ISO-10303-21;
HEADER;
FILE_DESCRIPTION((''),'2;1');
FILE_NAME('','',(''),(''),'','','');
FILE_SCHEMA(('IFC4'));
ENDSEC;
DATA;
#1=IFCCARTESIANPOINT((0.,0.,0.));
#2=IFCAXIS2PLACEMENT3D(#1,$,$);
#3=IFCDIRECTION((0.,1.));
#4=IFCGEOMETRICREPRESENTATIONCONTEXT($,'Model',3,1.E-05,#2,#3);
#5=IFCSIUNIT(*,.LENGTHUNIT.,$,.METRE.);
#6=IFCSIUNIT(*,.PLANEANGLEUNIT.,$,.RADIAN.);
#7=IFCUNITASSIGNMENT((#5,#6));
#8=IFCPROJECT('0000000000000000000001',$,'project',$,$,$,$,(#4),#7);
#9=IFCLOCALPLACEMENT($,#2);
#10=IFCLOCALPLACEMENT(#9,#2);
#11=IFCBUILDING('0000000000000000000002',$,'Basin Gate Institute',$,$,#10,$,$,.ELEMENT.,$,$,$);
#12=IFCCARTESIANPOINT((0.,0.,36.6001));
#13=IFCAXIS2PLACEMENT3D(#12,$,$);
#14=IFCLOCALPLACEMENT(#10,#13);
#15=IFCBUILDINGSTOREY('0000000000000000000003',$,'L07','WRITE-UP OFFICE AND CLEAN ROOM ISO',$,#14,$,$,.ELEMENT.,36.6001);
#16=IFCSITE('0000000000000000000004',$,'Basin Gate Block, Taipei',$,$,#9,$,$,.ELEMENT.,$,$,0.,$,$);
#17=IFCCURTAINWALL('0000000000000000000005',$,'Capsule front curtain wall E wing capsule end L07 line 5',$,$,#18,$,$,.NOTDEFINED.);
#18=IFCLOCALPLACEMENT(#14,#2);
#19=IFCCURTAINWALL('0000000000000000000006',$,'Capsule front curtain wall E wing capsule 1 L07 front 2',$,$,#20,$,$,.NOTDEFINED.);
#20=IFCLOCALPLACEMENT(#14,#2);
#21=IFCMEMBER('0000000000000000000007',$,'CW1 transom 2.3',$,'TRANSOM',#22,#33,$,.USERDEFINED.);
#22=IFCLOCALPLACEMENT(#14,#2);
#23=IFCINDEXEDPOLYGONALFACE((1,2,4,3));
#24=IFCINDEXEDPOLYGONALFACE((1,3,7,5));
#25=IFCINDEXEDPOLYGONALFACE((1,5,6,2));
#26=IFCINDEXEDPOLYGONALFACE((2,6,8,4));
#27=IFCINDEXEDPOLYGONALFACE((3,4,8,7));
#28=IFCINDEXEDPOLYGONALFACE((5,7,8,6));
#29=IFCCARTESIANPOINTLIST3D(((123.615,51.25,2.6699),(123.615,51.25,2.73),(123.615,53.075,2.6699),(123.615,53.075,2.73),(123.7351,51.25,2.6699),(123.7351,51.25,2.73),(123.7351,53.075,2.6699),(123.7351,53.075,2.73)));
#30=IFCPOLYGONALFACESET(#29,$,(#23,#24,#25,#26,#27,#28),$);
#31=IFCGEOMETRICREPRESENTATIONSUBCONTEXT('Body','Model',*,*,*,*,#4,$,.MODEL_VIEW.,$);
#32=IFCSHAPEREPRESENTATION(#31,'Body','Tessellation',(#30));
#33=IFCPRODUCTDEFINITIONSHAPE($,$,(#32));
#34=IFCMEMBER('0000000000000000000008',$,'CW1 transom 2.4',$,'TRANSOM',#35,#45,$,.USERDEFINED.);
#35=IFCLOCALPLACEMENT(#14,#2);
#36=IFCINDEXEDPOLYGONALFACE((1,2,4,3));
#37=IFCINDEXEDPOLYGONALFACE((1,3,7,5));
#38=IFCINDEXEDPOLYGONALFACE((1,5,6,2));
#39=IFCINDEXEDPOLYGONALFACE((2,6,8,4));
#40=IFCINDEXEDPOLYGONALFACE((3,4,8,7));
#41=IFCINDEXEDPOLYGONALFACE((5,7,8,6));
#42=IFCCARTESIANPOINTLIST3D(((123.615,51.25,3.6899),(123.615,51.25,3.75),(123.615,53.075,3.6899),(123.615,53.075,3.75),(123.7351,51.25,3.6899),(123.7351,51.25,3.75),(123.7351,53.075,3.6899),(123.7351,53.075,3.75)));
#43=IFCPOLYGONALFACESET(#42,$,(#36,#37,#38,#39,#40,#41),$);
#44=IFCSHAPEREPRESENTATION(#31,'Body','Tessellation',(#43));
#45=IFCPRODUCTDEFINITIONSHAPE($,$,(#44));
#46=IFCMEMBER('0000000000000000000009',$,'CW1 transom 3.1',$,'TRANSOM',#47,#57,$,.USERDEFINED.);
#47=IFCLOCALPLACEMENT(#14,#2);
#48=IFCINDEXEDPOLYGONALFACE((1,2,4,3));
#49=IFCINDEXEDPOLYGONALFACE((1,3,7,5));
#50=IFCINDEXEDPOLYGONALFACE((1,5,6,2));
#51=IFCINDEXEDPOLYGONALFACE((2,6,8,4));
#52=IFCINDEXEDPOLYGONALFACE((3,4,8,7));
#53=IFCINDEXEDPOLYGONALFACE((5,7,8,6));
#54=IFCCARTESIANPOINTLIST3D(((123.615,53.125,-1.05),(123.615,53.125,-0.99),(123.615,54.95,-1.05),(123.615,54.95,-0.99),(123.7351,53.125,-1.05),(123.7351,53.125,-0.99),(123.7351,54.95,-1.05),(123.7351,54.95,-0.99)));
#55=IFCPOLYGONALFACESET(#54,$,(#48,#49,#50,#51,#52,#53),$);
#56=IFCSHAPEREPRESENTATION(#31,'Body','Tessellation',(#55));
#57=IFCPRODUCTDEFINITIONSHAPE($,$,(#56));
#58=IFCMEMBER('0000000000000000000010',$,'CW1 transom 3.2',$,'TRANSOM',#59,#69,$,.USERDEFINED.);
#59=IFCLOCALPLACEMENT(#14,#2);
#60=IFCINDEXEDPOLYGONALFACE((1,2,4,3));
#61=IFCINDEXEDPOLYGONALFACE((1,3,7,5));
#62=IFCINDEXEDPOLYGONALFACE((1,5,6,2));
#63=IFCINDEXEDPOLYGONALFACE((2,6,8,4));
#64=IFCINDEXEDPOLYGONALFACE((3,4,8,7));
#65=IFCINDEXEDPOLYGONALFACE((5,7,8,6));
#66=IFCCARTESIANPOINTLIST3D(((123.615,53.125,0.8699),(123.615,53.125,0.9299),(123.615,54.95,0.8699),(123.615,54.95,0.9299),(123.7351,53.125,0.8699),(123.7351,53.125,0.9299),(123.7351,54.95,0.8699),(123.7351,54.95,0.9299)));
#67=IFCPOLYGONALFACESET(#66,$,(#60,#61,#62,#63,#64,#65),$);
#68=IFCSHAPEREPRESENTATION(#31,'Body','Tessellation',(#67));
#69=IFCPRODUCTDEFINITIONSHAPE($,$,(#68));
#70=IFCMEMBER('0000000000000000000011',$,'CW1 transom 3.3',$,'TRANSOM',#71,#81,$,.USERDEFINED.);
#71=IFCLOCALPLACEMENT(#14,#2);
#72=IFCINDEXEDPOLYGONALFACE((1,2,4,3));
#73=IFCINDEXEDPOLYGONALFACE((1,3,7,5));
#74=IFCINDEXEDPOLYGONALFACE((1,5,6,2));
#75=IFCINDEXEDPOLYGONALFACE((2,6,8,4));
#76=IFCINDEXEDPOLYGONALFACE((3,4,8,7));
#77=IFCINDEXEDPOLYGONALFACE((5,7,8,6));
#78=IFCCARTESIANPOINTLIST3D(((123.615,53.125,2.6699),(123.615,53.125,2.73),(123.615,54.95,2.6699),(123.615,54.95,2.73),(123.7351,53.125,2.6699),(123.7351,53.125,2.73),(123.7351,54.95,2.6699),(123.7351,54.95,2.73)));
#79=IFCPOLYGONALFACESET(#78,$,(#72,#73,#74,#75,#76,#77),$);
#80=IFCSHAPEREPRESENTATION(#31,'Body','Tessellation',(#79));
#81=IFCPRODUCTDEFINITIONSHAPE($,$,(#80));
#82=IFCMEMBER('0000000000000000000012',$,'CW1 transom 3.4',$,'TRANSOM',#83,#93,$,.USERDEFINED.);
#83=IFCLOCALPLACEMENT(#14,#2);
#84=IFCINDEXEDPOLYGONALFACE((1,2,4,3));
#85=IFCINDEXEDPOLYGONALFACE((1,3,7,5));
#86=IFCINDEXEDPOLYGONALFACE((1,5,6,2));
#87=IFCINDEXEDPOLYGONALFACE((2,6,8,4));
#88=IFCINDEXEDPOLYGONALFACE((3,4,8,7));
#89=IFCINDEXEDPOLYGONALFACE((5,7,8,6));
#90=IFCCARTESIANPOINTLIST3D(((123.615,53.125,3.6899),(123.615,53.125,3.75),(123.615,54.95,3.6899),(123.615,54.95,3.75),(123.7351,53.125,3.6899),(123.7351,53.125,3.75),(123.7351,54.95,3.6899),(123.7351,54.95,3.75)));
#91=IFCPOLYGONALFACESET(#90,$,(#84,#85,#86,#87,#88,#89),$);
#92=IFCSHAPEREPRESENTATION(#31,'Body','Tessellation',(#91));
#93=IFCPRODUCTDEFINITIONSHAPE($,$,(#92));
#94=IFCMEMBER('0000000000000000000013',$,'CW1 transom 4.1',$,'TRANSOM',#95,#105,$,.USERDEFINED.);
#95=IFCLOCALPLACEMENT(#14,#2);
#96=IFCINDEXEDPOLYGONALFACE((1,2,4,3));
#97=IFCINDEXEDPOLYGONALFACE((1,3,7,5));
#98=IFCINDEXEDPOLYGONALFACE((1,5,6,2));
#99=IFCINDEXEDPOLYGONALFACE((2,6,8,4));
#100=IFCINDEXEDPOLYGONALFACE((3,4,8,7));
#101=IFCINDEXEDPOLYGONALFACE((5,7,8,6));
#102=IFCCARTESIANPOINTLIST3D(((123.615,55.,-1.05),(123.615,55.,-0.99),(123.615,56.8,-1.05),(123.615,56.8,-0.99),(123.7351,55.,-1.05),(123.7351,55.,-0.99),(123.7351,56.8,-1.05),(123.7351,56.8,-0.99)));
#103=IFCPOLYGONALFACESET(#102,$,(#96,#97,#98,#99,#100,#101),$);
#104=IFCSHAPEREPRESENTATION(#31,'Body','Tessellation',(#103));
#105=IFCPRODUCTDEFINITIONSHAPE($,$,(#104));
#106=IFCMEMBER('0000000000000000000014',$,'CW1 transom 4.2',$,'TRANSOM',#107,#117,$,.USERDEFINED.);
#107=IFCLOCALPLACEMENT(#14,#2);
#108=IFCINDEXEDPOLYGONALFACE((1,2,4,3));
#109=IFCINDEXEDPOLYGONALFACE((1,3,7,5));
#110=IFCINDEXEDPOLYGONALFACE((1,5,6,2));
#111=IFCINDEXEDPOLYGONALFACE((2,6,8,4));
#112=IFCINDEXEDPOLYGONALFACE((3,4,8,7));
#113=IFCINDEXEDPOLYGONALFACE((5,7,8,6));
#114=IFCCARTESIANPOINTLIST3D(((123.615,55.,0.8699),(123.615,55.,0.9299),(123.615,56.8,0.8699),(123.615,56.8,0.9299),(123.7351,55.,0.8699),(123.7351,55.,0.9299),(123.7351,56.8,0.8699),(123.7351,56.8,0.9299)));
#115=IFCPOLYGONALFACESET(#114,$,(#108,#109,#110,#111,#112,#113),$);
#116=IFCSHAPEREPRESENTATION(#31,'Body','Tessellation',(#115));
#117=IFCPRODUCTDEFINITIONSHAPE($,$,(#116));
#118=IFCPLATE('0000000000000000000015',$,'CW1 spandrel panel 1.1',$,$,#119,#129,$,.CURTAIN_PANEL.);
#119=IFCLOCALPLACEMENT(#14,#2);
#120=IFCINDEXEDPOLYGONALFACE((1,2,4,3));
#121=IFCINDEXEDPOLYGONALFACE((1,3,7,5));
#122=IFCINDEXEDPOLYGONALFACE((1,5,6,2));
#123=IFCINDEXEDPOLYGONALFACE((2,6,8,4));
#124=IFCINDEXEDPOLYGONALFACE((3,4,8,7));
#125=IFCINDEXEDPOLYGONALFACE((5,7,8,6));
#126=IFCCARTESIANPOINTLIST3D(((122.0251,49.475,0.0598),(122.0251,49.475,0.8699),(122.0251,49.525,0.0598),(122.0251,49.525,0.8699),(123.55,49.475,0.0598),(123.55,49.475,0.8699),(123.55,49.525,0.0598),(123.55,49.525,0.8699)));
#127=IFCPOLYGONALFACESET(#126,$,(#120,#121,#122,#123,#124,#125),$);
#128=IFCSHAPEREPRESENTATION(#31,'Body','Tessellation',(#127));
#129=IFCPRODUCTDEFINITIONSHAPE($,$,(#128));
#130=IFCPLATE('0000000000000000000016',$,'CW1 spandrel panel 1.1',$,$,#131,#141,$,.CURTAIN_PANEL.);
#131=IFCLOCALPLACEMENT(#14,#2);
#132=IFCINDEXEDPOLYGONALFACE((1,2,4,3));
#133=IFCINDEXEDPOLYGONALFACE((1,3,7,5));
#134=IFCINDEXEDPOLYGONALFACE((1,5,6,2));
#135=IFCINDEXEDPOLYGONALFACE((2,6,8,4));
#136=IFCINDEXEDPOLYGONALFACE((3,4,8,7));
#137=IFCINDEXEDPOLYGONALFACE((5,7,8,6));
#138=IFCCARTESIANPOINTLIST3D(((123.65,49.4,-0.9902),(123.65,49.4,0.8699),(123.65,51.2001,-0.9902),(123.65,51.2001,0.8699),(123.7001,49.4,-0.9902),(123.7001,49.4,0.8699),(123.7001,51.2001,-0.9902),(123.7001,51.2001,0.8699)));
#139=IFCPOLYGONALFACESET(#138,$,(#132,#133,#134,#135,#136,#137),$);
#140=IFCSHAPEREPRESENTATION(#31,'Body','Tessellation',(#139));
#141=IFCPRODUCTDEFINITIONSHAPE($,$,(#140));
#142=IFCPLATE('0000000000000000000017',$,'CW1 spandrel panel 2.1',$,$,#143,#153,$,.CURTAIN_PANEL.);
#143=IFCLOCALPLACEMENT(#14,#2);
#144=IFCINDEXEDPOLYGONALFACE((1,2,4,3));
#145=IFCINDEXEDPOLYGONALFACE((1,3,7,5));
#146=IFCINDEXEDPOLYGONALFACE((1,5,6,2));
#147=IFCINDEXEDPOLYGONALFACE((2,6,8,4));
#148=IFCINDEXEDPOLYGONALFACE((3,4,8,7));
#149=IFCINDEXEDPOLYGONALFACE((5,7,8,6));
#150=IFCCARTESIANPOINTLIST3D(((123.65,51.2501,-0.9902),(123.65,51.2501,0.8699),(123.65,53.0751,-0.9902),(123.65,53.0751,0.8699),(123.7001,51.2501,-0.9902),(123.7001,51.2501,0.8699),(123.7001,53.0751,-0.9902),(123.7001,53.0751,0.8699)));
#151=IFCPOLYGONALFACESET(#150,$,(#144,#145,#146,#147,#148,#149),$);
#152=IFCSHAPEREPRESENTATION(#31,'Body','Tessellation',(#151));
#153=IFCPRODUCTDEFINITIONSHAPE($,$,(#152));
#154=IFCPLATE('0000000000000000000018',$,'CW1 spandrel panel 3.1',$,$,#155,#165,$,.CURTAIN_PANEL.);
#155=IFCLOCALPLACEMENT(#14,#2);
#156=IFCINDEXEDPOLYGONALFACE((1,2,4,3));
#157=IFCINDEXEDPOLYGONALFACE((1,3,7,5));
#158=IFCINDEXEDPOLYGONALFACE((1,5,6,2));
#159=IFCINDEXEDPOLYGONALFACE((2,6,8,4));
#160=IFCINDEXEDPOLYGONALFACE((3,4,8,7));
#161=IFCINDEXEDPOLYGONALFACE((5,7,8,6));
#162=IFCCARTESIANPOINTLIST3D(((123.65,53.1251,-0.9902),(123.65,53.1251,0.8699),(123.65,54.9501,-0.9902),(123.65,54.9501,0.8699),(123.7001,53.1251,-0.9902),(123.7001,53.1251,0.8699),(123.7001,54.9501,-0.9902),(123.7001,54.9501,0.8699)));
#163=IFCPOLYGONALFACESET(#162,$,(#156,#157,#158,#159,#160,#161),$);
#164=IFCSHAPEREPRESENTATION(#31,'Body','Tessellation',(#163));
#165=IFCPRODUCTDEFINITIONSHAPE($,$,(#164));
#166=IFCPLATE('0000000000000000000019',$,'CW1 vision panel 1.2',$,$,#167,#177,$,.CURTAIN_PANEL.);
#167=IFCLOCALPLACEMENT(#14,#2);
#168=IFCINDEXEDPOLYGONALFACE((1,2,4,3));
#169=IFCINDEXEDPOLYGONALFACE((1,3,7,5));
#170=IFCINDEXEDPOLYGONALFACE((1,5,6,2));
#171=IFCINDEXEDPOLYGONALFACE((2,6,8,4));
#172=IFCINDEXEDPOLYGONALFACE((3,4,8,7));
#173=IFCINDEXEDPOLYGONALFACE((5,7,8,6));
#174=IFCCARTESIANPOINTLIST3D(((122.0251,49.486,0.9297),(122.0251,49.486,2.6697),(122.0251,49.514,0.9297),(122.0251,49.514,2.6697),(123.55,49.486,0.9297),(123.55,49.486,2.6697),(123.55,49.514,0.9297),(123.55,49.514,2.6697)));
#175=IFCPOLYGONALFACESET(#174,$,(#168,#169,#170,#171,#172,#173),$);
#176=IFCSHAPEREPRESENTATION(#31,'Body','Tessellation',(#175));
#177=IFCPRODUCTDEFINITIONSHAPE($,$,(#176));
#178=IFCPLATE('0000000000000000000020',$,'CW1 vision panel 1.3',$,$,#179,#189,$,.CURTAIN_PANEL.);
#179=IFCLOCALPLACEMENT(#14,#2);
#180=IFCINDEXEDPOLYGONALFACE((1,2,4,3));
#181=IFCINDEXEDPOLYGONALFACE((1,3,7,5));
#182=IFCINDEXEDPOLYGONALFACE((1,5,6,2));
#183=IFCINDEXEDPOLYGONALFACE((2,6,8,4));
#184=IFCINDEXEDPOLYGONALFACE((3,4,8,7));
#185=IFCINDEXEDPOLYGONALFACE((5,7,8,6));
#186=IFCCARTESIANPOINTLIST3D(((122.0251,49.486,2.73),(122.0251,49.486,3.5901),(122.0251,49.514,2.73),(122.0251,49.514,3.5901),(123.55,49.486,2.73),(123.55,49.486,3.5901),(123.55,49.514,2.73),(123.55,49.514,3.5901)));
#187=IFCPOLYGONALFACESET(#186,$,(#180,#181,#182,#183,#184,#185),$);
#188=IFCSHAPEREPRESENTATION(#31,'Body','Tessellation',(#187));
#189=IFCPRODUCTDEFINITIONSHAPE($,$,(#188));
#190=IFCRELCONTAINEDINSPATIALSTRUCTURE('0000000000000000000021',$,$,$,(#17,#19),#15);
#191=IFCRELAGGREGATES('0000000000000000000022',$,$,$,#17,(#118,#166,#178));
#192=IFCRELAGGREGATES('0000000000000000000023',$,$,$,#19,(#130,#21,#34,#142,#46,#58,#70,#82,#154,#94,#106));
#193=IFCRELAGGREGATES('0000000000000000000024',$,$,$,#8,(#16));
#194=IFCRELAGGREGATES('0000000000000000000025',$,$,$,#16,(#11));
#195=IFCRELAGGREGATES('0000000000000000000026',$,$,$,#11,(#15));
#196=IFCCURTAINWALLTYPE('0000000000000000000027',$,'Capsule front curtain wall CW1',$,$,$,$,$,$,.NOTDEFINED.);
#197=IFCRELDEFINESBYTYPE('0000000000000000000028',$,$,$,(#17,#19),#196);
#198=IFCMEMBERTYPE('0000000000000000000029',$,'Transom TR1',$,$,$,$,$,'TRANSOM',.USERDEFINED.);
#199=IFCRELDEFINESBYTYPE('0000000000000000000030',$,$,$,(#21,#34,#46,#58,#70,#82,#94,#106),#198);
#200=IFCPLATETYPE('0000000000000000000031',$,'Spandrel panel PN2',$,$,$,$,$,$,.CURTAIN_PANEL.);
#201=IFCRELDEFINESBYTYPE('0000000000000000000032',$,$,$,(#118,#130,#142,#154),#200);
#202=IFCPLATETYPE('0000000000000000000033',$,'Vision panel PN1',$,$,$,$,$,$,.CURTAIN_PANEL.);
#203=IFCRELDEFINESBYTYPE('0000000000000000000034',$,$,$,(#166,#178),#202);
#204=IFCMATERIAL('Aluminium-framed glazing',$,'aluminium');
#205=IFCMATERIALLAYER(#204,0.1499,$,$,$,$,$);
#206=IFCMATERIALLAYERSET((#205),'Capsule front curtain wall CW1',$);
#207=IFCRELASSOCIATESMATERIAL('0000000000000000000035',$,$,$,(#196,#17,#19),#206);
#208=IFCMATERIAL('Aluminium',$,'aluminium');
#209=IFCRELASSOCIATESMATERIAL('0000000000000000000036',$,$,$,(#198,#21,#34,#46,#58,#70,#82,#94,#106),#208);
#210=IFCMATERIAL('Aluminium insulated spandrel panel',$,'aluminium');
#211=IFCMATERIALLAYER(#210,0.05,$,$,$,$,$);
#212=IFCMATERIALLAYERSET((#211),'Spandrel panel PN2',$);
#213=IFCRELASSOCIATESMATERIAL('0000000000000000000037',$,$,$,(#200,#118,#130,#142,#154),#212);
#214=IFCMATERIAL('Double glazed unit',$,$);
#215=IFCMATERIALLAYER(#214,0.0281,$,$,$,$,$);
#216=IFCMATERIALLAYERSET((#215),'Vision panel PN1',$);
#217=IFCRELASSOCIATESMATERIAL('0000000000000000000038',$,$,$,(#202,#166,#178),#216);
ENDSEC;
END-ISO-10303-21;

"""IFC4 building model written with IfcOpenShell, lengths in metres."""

from ifc_helpers import new_model, si_unit, direction, frame, origin, origin_2d, place, context, subcontext, project, spatial, rectangle, extrude, material, layer, layer_set, material_profile, profile_set, type_object, element, aggregate, save


model = new_model("IFC4")

# Units and contexts
model_context = context("Model", 3, precision=1e-05, world=origin(), true_north=direction((0.0, 1.0)))
body_context = subcontext(model_context, "Body", "Model", "MODEL_VIEW")
ifc_project = project(units=[si_unit("LENGTHUNIT", "METRE"), si_unit("PLANEANGLEUNIT", "RADIAN")], contexts=[model_context])

# Site, building, storey
site_placement = place(None, origin())
site = spatial("IfcSite", under=ifc_project, at=site_placement, Name="Basin Gate Block, Taipei", CompositionType="ELEMENT", RefElevation=0.0)
building_placement = place(site_placement, origin())
building = spatial("IfcBuilding", under=site, at=building_placement, Name="Basin Gate Institute", CompositionType="ELEMENT")
storey_placement = place(building_placement, frame((0.0, 0.0, 36.6001)))
storey = spatial("IfcBuildingStorey", under=building, at=storey_placement, Name="L07", Description="WRITE-UP OFFICE AND CLEAN ROOM ISO", CompositionType="ELEMENT", Elevation=36.6001)

# Curtain wall
ifc_material_1 = material(Name="Aluminium-framed glazing", Category="aluminium")
ifc_layer_1 = layer(ifc_material_1, 0.1499)
ifc_layer_set_1 = layer_set([ifc_layer_1], Name="Capsule front curtain wall CW1")
curtain_wall_type = type_object("IfcCurtainWallType", Name="Capsule front curtain wall CW1", PredefinedType="NOTDEFINED", material=ifc_layer_set_1)
curtain_wall_1_placement = place(storey_placement, origin())
curtain_wall_1 = element("IfcCurtainWall", 1, at=curtain_wall_1_placement, inside=storey, type_object=curtain_wall_type, material=ifc_layer_set_1, Name="Capsule front curtain wall E wing capsule end L07 line 5", PredefinedType="NOTDEFINED")

# Curtain wall
curtain_wall_2_placement = place(storey_placement, origin())
curtain_wall_2 = element("IfcCurtainWall", 2, at=curtain_wall_2_placement, inside=storey, type_object=curtain_wall_type, material=ifc_layer_set_1, Name="Capsule front curtain wall E wing capsule 1 L07 front 2", PredefinedType="NOTDEFINED")

# Members
ifc_material_2 = material(Name="Aluminium", Category="aluminium")
ifc_material_profile_1 = material_profile(ifc_material_2, rectangle(XDim=0.1201, YDim=0.0601, at=origin_2d()), Name="Transom TR1 120 x 60")
ifc_profile_set_1 = profile_set([ifc_material_profile_1], Name="Aluminium")
member_type_1 = type_object("IfcMemberType", Name="Transom TR1", ElementType="TRANSOM", PredefinedType="USERDEFINED", material=ifc_profile_set_1)
member_1_placement = place(storey_placement, frame((123.675, 51.25, 2.7), z_axis=(0.0, 1.0, 0.0), x_axis=(-1.0, 0.0, 0.0)))
member_1 = element("IfcMember", 3, at=member_1_placement, type_object=member_type_1, material=ifc_profile_set_1, Name="CW1 transom 2.3", ObjectType="TRANSOM", PredefinedType="USERDEFINED", context=body_context, shape_type="SweptSolid", body=[
    extrude(rectangle(XDim=0.1201, YDim=0.0601, at=origin_2d()), origin(), (0.0, 0.0, 1.0), 1.825),
])
member_2_placement = place(storey_placement, frame((123.675, 51.25, 3.72), z_axis=(0.0, 1.0, 0.0), x_axis=(-1.0, 0.0, 0.0)))
member_2 = element("IfcMember", 4, at=member_2_placement, type_object=member_type_1, material=ifc_profile_set_1, Name="CW1 transom 2.4", ObjectType="TRANSOM", PredefinedType="USERDEFINED", context=body_context, shape_type="SweptSolid", body=[
    extrude(rectangle(XDim=0.1201, YDim=0.0601, at=origin_2d()), origin(), (0.0, 0.0, 1.0), 1.825),
])
member_3_placement = place(storey_placement, frame((123.675, 53.125, -1.02), z_axis=(0.0, 1.0, 0.0), x_axis=(-1.0, 0.0, 0.0)))
member_3 = element("IfcMember", 5, at=member_3_placement, type_object=member_type_1, material=ifc_profile_set_1, Name="CW1 transom 3.1", ObjectType="TRANSOM", PredefinedType="USERDEFINED", context=body_context, shape_type="SweptSolid", body=[
    extrude(rectangle(XDim=0.1201, YDim=0.0601, at=origin_2d()), origin(), (0.0, 0.0, 1.0), 1.825),
])
member_4_placement = place(storey_placement, frame((123.675, 53.125, 0.8999), z_axis=(0.0, 1.0, 0.0), x_axis=(-1.0, 0.0, 0.0)))
member_4 = element("IfcMember", 6, at=member_4_placement, type_object=member_type_1, material=ifc_profile_set_1, Name="CW1 transom 3.2", ObjectType="TRANSOM", PredefinedType="USERDEFINED", context=body_context, shape_type="SweptSolid", body=[
    extrude(rectangle(XDim=0.1201, YDim=0.0601, at=origin_2d()), origin(), (0.0, 0.0, 1.0), 1.825),
])
member_5_placement = place(storey_placement, frame((123.675, 53.125, 2.7), z_axis=(0.0, 1.0, 0.0), x_axis=(-1.0, 0.0, 0.0)))
member_5 = element("IfcMember", 7, at=member_5_placement, type_object=member_type_1, material=ifc_profile_set_1, Name="CW1 transom 3.3", ObjectType="TRANSOM", PredefinedType="USERDEFINED", context=body_context, shape_type="SweptSolid", body=[
    extrude(rectangle(XDim=0.1201, YDim=0.0601, at=origin_2d()), origin(), (0.0, 0.0, 1.0), 1.825),
])
member_6_placement = place(storey_placement, frame((123.675, 53.125, 3.72), z_axis=(0.0, 1.0, 0.0), x_axis=(-1.0, 0.0, 0.0)))
member_6 = element("IfcMember", 8, at=member_6_placement, type_object=member_type_1, material=ifc_profile_set_1, Name="CW1 transom 3.4", ObjectType="TRANSOM", PredefinedType="USERDEFINED", context=body_context, shape_type="SweptSolid", body=[
    extrude(rectangle(XDim=0.1201, YDim=0.0601, at=origin_2d()), origin(), (0.0, 0.0, 1.0), 1.825),
])
member_7_placement = place(storey_placement, frame((123.675, 55.0, -1.02), z_axis=(0.0, 1.0, 0.0), x_axis=(-1.0, 0.0, 0.0)))
member_7 = element("IfcMember", 9, at=member_7_placement, type_object=member_type_1, material=ifc_profile_set_1, Name="CW1 transom 4.1", ObjectType="TRANSOM", PredefinedType="USERDEFINED", context=body_context, shape_type="SweptSolid", body=[
    extrude(rectangle(XDim=0.1201, YDim=0.0601, at=origin_2d()), origin(), (0.0, 0.0, 1.0), 1.8),
])
member_8_placement = place(storey_placement, frame((123.675, 55.0, 0.8999), z_axis=(0.0, 1.0, 0.0), x_axis=(-1.0, 0.0, 0.0)))
member_8 = element("IfcMember", 10, at=member_8_placement, type_object=member_type_1, material=ifc_profile_set_1, Name="CW1 transom 4.2", ObjectType="TRANSOM", PredefinedType="USERDEFINED", context=body_context, shape_type="SweptSolid", body=[
    extrude(rectangle(XDim=0.1201, YDim=0.0601, at=origin_2d()), origin(), (0.0, 0.0, 1.0), 1.8),
])

# Plates
ifc_material_3 = material(Name="Aluminium insulated spandrel panel", Category="aluminium")
ifc_layer_2 = layer(ifc_material_3, 0.05)
ifc_layer_set_2 = layer_set([ifc_layer_2], Name="Spandrel panel PN2")
plate_type_1 = type_object("IfcPlateType", Name="Spandrel panel PN2", PredefinedType="CURTAIN_PANEL", material=ifc_layer_set_2)
plate_1_placement = place(storey_placement, frame((122.7876, 49.5, 0.0598), z_axis=(0.0, 0.0, 1.0), x_axis=(-1.0, 0.0, 0.0)))
plate_1 = element("IfcPlate", 11, at=plate_1_placement, type_object=plate_type_1, material=ifc_layer_set_2, Name="CW1 spandrel panel 1.1", PredefinedType="CURTAIN_PANEL", context=body_context, shape_type="SweptSolid", body=[
    extrude(rectangle(XDim=1.5249, YDim=0.05, at=origin_2d()), origin(), (0.0, 0.0, 1.0), 0.8101),
])
plate_2_placement = place(storey_placement, frame((123.675, 50.3, -0.9902), z_axis=(0.0, 0.0, 1.0), x_axis=(0.0, 1.0, 0.0)))
plate_2 = element("IfcPlate", 12, at=plate_2_placement, type_object=plate_type_1, material=ifc_layer_set_2, Name="CW1 spandrel panel 1.1", PredefinedType="CURTAIN_PANEL", context=body_context, shape_type="SweptSolid", body=[
    extrude(rectangle(XDim=1.8, YDim=0.05, at=origin_2d()), origin(), (0.0, 0.0, 1.0), 1.8601),
])
plate_3_placement = place(storey_placement, frame((123.675, 52.1626, -0.9902), z_axis=(0.0, 0.0, 1.0), x_axis=(0.0, 1.0, 0.0)))
plate_3 = element("IfcPlate", 13, at=plate_3_placement, type_object=plate_type_1, material=ifc_layer_set_2, Name="CW1 spandrel panel 2.1", PredefinedType="CURTAIN_PANEL", context=body_context, shape_type="SweptSolid", body=[
    extrude(rectangle(XDim=1.825, YDim=0.05, at=origin_2d()), origin(), (0.0, 0.0, 1.0), 1.8601),
])
plate_4_placement = place(storey_placement, frame((123.675, 54.0376, -0.9902), z_axis=(0.0, 0.0, 1.0), x_axis=(0.0, 1.0, 0.0)))
plate_4 = element("IfcPlate", 14, at=plate_4_placement, type_object=plate_type_1, material=ifc_layer_set_2, Name="CW1 spandrel panel 3.1", PredefinedType="CURTAIN_PANEL", context=body_context, shape_type="SweptSolid", body=[
    extrude(rectangle(XDim=1.825, YDim=0.05, at=origin_2d()), origin(), (0.0, 0.0, 1.0), 1.8601),
])
ifc_material_4 = material(Name="Double glazed unit")
ifc_layer_3 = layer(ifc_material_4, 0.0281)
ifc_layer_set_3 = layer_set([ifc_layer_3], Name="Vision panel PN1")
plate_type_2 = type_object("IfcPlateType", Name="Vision panel PN1", PredefinedType="CURTAIN_PANEL", material=ifc_layer_set_3)
plate_5_placement = place(storey_placement, frame((122.7876, 49.5, 0.9297), z_axis=(0.0, 0.0, 1.0), x_axis=(-1.0, 0.0, 0.0)))
plate_5 = element("IfcPlate", 15, at=plate_5_placement, type_object=plate_type_2, material=ifc_layer_set_3, Name="CW1 vision panel 1.2", PredefinedType="CURTAIN_PANEL", context=body_context, shape_type="SweptSolid", body=[
    extrude(rectangle(XDim=1.5249, YDim=0.0281, at=origin_2d()), origin(), (0.0, 0.0, 1.0), 1.74),
])
plate_6_placement = place(storey_placement, frame((122.7876, 49.5, 2.73), z_axis=(0.0, 0.0, 1.0), x_axis=(-1.0, 0.0, 0.0)))
plate_6 = element("IfcPlate", 16, at=plate_6_placement, type_object=plate_type_2, material=ifc_layer_set_3, Name="CW1 vision panel 1.3", PredefinedType="CURTAIN_PANEL", context=body_context, shape_type="SweptSolid", body=[
    extrude(rectangle(XDim=1.5249, YDim=0.0281, at=origin_2d()), origin(), (0.0, 0.0, 1.0), 0.8601),
])
aggregate(curtain_wall_1, [plate_1, plate_5, plate_6])
aggregate(curtain_wall_2, [plate_2, member_1, member_2, plate_3, member_3, member_4, member_5, member_6, plate_4, member_7, member_8])

save(model, "model.ifc")
